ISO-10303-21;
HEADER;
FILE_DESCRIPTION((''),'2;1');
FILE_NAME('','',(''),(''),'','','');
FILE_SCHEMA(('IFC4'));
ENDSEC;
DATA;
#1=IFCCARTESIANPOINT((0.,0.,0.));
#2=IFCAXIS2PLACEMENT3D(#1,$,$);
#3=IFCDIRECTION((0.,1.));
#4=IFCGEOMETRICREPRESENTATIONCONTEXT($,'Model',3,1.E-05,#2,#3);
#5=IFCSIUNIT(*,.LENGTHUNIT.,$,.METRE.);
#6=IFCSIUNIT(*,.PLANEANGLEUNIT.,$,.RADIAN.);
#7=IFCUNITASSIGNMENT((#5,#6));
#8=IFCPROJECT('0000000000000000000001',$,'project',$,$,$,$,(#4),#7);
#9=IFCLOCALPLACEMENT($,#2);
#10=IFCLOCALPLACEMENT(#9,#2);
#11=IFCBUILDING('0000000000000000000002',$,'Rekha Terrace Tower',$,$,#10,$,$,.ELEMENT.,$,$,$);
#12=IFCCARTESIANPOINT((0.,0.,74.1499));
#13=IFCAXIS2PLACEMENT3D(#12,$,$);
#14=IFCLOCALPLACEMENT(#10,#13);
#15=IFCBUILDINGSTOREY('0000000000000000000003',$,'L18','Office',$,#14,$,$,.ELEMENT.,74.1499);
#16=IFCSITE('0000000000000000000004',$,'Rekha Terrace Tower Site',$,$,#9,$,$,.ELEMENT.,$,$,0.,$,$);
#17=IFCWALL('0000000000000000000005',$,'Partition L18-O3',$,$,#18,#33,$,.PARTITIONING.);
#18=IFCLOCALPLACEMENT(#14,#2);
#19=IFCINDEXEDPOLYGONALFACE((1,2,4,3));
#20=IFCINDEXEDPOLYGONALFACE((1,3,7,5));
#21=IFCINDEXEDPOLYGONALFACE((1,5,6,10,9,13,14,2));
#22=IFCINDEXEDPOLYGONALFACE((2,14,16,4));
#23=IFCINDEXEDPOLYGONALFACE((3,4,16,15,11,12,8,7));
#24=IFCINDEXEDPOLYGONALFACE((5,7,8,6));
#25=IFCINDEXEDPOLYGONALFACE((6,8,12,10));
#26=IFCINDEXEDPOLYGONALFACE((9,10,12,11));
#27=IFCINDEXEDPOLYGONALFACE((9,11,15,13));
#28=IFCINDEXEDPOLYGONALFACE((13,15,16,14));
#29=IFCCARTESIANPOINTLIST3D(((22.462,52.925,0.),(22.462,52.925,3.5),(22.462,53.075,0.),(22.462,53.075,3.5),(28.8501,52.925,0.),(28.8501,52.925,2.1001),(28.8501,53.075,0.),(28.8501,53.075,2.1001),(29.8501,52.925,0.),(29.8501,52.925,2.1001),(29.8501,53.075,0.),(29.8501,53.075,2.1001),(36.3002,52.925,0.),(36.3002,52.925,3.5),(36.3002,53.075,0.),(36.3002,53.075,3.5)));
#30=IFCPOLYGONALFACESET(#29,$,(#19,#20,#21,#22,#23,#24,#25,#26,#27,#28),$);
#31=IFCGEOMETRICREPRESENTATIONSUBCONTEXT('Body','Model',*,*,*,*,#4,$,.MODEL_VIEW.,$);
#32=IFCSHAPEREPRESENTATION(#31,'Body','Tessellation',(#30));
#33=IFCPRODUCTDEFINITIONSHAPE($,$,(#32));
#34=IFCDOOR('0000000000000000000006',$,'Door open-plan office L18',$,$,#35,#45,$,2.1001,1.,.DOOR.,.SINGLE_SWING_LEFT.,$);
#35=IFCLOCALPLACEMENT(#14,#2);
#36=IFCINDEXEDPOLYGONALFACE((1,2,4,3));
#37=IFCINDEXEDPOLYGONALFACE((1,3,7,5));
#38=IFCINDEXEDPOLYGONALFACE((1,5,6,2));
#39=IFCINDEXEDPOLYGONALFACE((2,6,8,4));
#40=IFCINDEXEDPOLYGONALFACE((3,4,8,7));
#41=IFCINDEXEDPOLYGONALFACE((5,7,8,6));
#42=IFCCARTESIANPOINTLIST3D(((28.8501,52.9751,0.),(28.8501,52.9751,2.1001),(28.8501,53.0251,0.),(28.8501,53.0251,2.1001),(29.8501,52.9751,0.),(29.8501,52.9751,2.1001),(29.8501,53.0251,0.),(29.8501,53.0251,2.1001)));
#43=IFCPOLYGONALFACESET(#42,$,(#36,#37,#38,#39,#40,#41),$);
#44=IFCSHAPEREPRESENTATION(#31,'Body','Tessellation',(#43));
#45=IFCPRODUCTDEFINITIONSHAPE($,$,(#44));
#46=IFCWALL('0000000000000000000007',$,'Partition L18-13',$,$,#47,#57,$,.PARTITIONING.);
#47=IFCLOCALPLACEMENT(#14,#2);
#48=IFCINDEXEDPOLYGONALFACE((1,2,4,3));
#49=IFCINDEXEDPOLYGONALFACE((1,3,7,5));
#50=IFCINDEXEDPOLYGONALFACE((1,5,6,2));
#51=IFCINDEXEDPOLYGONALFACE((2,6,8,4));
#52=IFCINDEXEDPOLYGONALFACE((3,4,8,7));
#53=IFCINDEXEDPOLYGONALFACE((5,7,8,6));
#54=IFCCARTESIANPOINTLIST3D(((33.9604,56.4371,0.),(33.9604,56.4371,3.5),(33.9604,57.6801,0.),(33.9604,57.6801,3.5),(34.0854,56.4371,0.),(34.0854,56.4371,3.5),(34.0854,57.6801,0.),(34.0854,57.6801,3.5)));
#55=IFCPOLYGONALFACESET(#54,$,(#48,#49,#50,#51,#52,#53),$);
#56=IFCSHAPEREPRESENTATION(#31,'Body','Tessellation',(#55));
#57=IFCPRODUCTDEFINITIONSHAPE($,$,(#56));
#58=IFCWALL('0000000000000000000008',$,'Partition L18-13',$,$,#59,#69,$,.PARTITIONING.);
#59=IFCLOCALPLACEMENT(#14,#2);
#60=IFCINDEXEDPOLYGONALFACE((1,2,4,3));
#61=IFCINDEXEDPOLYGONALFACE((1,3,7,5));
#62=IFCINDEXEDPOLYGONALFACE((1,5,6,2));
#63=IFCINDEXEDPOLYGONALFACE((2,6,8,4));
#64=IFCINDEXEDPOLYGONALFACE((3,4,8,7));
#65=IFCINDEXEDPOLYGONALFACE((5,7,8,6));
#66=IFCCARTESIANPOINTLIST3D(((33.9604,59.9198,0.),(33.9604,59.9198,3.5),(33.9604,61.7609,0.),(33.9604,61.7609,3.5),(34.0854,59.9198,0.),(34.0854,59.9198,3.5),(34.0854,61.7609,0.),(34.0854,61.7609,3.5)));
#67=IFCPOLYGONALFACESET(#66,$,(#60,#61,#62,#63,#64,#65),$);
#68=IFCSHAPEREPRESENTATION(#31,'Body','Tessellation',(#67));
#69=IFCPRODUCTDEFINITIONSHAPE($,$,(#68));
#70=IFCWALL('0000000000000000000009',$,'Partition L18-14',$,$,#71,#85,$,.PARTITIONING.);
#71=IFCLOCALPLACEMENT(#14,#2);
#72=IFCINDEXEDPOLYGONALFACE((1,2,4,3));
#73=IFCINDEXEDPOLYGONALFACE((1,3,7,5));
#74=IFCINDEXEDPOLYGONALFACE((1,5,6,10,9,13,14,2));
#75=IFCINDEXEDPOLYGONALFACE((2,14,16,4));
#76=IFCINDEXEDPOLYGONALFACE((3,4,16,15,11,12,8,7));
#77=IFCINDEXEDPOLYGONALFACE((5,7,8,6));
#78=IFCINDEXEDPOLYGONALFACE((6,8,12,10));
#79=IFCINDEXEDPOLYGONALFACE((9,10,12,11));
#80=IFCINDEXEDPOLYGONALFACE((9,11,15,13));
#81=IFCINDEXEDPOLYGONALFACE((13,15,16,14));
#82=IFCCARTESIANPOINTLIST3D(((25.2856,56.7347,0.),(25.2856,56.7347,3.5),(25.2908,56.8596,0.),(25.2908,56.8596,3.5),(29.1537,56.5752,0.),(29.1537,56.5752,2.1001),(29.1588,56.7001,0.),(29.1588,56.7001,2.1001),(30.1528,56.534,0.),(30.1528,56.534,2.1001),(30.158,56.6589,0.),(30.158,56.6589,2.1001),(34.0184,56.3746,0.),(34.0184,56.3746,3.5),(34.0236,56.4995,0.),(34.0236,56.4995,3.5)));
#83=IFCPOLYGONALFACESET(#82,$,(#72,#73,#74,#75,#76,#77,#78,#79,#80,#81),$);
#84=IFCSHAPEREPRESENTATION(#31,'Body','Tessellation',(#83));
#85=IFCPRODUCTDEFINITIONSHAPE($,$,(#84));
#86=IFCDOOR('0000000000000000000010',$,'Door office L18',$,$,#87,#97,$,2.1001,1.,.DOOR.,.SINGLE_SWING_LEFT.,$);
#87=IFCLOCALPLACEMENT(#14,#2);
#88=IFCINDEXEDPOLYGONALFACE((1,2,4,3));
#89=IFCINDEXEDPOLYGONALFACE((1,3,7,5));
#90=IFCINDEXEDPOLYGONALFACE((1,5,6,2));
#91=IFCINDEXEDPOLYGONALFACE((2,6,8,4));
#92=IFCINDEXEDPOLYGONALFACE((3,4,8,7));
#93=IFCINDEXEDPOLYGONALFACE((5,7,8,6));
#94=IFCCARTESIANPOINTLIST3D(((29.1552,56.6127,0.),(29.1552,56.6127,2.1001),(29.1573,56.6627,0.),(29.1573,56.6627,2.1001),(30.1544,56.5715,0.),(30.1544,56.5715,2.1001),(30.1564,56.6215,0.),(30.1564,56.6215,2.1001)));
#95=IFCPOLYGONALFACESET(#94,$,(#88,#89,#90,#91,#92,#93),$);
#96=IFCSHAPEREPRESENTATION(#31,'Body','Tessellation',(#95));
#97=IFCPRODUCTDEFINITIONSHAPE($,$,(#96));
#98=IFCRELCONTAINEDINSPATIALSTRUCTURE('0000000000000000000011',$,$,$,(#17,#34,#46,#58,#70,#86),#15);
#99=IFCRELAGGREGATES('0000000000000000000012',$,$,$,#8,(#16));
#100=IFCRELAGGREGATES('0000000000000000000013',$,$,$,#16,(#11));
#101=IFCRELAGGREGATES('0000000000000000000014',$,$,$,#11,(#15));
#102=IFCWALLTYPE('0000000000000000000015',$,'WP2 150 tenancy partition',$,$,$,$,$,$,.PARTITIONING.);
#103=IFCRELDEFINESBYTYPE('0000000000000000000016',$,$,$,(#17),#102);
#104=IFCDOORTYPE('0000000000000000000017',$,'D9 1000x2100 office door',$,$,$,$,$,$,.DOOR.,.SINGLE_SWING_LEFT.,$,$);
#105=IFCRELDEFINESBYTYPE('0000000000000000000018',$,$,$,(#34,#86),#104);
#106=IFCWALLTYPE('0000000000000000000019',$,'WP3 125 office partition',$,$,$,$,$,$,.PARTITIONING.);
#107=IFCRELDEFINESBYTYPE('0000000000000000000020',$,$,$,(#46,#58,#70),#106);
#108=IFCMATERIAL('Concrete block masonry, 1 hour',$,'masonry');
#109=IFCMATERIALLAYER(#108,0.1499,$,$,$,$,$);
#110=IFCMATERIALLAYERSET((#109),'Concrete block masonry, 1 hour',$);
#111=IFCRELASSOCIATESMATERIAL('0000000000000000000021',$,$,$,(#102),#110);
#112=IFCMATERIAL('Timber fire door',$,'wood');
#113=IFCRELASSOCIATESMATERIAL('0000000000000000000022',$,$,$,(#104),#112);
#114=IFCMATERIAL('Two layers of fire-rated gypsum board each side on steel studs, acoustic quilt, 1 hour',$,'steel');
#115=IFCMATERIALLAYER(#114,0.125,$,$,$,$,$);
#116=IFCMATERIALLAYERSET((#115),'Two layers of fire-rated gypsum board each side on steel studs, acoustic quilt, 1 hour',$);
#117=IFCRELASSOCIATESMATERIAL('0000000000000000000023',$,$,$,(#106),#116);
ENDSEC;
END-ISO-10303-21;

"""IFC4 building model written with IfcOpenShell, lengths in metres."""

from ifc_helpers import new_model, si_unit, direction, frame, frame_2d, origin, place, context, subcontext, project, spatial, rectangle, extrude, material, layer, layer_set, type_object, element, fill, save


model = new_model("IFC4")

# Units and contexts
model_context = context("Model", 3, precision=1e-05, world=origin(), true_north=direction((0.0, 1.0)))
body_context = subcontext(model_context, "Body", "Model", "MODEL_VIEW")
ifc_project = project(units=[si_unit("LENGTHUNIT", "METRE"), si_unit("PLANEANGLEUNIT", "RADIAN")], contexts=[model_context])

# Site, building, storey
site_placement = place(None, origin())
site = spatial("IfcSite", under=ifc_project, at=site_placement, Name="Rekha Terrace Tower Site", CompositionType="ELEMENT", RefElevation=0.0)
building_placement = place(site_placement, origin())
building = spatial("IfcBuilding", under=site, at=building_placement, Name="Rekha Terrace Tower", CompositionType="ELEMENT")
storey_placement = place(building_placement, frame((0.0, 0.0, 74.1499)))
storey = spatial("IfcBuildingStorey", under=building, at=storey_placement, Name="L18", Description="Office", CompositionType="ELEMENT", Elevation=74.1499)

# Shared definitions
ifc_material_1 = material(Name="Concrete block masonry, 1 hour", Category="masonry")
ifc_layer_1 = layer(ifc_material_1, 0.1499)
ifc_layer_set_1 = layer_set([ifc_layer_1], Name="Concrete block masonry, 1 hour")
wall_type_1 = type_object("IfcWallType", Name="WP2 150 tenancy partition", PredefinedType="PARTITIONING", material=ifc_layer_set_1)

# Wall, opening, door
wall_1_placement = place(storey_placement, frame((36.3, 53.0, 0.0), z_axis=(0.0, 0.0, 1.0), x_axis=(-1.0, 0.0, 0.0)))
wall_1 = element("IfcWall", 1, at=wall_1_placement, inside=storey, type_object=wall_type_1, Name="Partition L18-O3", PredefinedType="PARTITIONING", context=body_context, shape_type="SweptSolid", body=[
    extrude(rectangle(XDim=13.8381, YDim=0.1499, at=frame_2d((6.9189, 0.0))), origin(), (0.0, 0.0, 1.0), 3.5),
])
opening_1_placement = place(wall_1_placement, frame((6.45, 0.0, 0.0)))
opening_1 = element("IfcOpeningElement", 2, at=opening_1_placement, cuts=wall_1, PredefinedType="OPENING", context=body_context, shape_type="SweptSolid", body=[
    extrude(rectangle(XDim=1.0, YDim=2.1001, at=frame_2d((0.5, 1.05))), frame((0.0, 0.085, 0.0), z_axis=(0.0, -1.0, 0.0), x_axis=(1.0, 0.0, 0.0)), (0.0, 0.0, 1.0), 0.1699),
])
ifc_material_2 = material(Name="Timber fire door", Category="wood")
door_type_1 = type_object("IfcDoorType", Name="D9 1000x2100 office door", OperationType="SINGLE_SWING_LEFT", PredefinedType="DOOR", material=ifc_material_2)
door_1_placement = place(opening_1_placement, origin())
door_1 = element("IfcDoor", 3, at=door_1_placement, inside=storey, type_object=door_type_1, Name="Door open-plan office L18", OperationType="SINGLE_SWING_LEFT", OverallHeight=2.1001, OverallWidth=1.0, PredefinedType="DOOR", context=body_context, shape_type="SweptSolid", body=[
    extrude(rectangle(XDim=1.0, YDim=2.1001, at=frame_2d((0.5, 1.05))), frame((0.0, 0.0249, 0.0), z_axis=(0.0, -1.0, 0.0), x_axis=(1.0, 0.0, 0.0)), (0.0, 0.0, 1.0), 0.05),
])
fill(opening_1, door_1)

# Walls
ifc_material_3 = material(Name="Two layers of fire-rated gypsum board each side on steel studs, acoustic quilt, 1 hour", Category="steel")
ifc_layer_2 = layer(ifc_material_3, 0.125)
ifc_layer_set_2 = layer_set([ifc_layer_2], Name="Two layers of fire-rated gypsum board each side on steel studs, acoustic quilt, 1 hour")
wall_type_2 = type_object("IfcWallType", Name="WP3 125 office partition", PredefinedType="PARTITIONING", material=ifc_layer_set_2)
wall_2_placement = place(storey_placement, frame((34.0229, 56.437, 0.0), z_axis=(0.0, 0.0, 1.0), x_axis=(0.0, 1.0, 0.0)))
element("IfcWall", 4, at=wall_2_placement, inside=storey, type_object=wall_type_2, Name="Partition L18-13", PredefinedType="PARTITIONING", context=body_context, shape_type="SweptSolid", body=[
    extrude(rectangle(XDim=1.2429, YDim=0.125, at=frame_2d((0.6216, 0.0))), origin(), (0.0, 0.0, 1.0), 3.5),
])
wall_3_placement = place(storey_placement, frame((34.0229, 59.9199, 0.0), z_axis=(0.0, 0.0, 1.0), x_axis=(0.0, 1.0, 0.0)))
element("IfcWall", 5, at=wall_3_placement, inside=storey, type_object=wall_type_2, Name="Partition L18-13", PredefinedType="PARTITIONING", context=body_context, shape_type="SweptSolid", body=[
    extrude(rectangle(XDim=1.8411, YDim=0.125, at=frame_2d((0.9204, 0.0))), origin(), (0.0, 0.0, 1.0), 3.5),
])

# Wall, opening, door
wall_4_placement = place(storey_placement, frame((34.021, 56.437, 0.0), z_axis=(0.0, 0.0, 1.0), x_axis=(-0.999151, 0.041201, 0.0)))
wall_4 = element("IfcWall", 6, at=wall_4_placement, inside=storey, type_object=wall_type_2, Name="Partition L18-14", PredefinedType="PARTITIONING", context=body_context, shape_type="SweptSolid", body=[
    extrude(rectangle(XDim=8.7402, YDim=0.125, at=frame_2d((4.3701, 0.0))), origin(), (0.0, 0.0, 1.0), 3.5),
])
opening_2_placement = place(wall_4_placement, frame((3.8689, 0.0, 0.0)))
opening_2 = element("IfcOpeningElement", 7, at=opening_2_placement, cuts=wall_4, PredefinedType="OPENING", context=body_context, shape_type="SweptSolid", body=[
    extrude(rectangle(XDim=1.0, YDim=2.1001, at=frame_2d((0.5, 1.05))), frame((0.0, 0.0725, 0.0), z_axis=(0.0, -1.0, 0.0), x_axis=(1.0, 0.0, 0.0)), (0.0, 0.0, 1.0), 0.145),
])
door_2_placement = place(opening_2_placement, origin())
door_2 = element("IfcDoor", 8, at=door_2_placement, inside=storey, type_object=door_type_1, Name="Door office L18", OperationType="SINGLE_SWING_LEFT", OverallHeight=2.1001, OverallWidth=1.0, PredefinedType="DOOR", context=body_context, shape_type="SweptSolid", body=[
    extrude(rectangle(XDim=1.0, YDim=2.1001, at=frame_2d((0.5, 1.05))), frame((0.0, 0.0249, 0.0), z_axis=(0.0, -1.0, 0.0), x_axis=(1.0, 0.0, 0.0)), (0.0, 0.0, 1.0), 0.05),
])
fill(opening_2, door_2)

save(model, "model.ifc")
